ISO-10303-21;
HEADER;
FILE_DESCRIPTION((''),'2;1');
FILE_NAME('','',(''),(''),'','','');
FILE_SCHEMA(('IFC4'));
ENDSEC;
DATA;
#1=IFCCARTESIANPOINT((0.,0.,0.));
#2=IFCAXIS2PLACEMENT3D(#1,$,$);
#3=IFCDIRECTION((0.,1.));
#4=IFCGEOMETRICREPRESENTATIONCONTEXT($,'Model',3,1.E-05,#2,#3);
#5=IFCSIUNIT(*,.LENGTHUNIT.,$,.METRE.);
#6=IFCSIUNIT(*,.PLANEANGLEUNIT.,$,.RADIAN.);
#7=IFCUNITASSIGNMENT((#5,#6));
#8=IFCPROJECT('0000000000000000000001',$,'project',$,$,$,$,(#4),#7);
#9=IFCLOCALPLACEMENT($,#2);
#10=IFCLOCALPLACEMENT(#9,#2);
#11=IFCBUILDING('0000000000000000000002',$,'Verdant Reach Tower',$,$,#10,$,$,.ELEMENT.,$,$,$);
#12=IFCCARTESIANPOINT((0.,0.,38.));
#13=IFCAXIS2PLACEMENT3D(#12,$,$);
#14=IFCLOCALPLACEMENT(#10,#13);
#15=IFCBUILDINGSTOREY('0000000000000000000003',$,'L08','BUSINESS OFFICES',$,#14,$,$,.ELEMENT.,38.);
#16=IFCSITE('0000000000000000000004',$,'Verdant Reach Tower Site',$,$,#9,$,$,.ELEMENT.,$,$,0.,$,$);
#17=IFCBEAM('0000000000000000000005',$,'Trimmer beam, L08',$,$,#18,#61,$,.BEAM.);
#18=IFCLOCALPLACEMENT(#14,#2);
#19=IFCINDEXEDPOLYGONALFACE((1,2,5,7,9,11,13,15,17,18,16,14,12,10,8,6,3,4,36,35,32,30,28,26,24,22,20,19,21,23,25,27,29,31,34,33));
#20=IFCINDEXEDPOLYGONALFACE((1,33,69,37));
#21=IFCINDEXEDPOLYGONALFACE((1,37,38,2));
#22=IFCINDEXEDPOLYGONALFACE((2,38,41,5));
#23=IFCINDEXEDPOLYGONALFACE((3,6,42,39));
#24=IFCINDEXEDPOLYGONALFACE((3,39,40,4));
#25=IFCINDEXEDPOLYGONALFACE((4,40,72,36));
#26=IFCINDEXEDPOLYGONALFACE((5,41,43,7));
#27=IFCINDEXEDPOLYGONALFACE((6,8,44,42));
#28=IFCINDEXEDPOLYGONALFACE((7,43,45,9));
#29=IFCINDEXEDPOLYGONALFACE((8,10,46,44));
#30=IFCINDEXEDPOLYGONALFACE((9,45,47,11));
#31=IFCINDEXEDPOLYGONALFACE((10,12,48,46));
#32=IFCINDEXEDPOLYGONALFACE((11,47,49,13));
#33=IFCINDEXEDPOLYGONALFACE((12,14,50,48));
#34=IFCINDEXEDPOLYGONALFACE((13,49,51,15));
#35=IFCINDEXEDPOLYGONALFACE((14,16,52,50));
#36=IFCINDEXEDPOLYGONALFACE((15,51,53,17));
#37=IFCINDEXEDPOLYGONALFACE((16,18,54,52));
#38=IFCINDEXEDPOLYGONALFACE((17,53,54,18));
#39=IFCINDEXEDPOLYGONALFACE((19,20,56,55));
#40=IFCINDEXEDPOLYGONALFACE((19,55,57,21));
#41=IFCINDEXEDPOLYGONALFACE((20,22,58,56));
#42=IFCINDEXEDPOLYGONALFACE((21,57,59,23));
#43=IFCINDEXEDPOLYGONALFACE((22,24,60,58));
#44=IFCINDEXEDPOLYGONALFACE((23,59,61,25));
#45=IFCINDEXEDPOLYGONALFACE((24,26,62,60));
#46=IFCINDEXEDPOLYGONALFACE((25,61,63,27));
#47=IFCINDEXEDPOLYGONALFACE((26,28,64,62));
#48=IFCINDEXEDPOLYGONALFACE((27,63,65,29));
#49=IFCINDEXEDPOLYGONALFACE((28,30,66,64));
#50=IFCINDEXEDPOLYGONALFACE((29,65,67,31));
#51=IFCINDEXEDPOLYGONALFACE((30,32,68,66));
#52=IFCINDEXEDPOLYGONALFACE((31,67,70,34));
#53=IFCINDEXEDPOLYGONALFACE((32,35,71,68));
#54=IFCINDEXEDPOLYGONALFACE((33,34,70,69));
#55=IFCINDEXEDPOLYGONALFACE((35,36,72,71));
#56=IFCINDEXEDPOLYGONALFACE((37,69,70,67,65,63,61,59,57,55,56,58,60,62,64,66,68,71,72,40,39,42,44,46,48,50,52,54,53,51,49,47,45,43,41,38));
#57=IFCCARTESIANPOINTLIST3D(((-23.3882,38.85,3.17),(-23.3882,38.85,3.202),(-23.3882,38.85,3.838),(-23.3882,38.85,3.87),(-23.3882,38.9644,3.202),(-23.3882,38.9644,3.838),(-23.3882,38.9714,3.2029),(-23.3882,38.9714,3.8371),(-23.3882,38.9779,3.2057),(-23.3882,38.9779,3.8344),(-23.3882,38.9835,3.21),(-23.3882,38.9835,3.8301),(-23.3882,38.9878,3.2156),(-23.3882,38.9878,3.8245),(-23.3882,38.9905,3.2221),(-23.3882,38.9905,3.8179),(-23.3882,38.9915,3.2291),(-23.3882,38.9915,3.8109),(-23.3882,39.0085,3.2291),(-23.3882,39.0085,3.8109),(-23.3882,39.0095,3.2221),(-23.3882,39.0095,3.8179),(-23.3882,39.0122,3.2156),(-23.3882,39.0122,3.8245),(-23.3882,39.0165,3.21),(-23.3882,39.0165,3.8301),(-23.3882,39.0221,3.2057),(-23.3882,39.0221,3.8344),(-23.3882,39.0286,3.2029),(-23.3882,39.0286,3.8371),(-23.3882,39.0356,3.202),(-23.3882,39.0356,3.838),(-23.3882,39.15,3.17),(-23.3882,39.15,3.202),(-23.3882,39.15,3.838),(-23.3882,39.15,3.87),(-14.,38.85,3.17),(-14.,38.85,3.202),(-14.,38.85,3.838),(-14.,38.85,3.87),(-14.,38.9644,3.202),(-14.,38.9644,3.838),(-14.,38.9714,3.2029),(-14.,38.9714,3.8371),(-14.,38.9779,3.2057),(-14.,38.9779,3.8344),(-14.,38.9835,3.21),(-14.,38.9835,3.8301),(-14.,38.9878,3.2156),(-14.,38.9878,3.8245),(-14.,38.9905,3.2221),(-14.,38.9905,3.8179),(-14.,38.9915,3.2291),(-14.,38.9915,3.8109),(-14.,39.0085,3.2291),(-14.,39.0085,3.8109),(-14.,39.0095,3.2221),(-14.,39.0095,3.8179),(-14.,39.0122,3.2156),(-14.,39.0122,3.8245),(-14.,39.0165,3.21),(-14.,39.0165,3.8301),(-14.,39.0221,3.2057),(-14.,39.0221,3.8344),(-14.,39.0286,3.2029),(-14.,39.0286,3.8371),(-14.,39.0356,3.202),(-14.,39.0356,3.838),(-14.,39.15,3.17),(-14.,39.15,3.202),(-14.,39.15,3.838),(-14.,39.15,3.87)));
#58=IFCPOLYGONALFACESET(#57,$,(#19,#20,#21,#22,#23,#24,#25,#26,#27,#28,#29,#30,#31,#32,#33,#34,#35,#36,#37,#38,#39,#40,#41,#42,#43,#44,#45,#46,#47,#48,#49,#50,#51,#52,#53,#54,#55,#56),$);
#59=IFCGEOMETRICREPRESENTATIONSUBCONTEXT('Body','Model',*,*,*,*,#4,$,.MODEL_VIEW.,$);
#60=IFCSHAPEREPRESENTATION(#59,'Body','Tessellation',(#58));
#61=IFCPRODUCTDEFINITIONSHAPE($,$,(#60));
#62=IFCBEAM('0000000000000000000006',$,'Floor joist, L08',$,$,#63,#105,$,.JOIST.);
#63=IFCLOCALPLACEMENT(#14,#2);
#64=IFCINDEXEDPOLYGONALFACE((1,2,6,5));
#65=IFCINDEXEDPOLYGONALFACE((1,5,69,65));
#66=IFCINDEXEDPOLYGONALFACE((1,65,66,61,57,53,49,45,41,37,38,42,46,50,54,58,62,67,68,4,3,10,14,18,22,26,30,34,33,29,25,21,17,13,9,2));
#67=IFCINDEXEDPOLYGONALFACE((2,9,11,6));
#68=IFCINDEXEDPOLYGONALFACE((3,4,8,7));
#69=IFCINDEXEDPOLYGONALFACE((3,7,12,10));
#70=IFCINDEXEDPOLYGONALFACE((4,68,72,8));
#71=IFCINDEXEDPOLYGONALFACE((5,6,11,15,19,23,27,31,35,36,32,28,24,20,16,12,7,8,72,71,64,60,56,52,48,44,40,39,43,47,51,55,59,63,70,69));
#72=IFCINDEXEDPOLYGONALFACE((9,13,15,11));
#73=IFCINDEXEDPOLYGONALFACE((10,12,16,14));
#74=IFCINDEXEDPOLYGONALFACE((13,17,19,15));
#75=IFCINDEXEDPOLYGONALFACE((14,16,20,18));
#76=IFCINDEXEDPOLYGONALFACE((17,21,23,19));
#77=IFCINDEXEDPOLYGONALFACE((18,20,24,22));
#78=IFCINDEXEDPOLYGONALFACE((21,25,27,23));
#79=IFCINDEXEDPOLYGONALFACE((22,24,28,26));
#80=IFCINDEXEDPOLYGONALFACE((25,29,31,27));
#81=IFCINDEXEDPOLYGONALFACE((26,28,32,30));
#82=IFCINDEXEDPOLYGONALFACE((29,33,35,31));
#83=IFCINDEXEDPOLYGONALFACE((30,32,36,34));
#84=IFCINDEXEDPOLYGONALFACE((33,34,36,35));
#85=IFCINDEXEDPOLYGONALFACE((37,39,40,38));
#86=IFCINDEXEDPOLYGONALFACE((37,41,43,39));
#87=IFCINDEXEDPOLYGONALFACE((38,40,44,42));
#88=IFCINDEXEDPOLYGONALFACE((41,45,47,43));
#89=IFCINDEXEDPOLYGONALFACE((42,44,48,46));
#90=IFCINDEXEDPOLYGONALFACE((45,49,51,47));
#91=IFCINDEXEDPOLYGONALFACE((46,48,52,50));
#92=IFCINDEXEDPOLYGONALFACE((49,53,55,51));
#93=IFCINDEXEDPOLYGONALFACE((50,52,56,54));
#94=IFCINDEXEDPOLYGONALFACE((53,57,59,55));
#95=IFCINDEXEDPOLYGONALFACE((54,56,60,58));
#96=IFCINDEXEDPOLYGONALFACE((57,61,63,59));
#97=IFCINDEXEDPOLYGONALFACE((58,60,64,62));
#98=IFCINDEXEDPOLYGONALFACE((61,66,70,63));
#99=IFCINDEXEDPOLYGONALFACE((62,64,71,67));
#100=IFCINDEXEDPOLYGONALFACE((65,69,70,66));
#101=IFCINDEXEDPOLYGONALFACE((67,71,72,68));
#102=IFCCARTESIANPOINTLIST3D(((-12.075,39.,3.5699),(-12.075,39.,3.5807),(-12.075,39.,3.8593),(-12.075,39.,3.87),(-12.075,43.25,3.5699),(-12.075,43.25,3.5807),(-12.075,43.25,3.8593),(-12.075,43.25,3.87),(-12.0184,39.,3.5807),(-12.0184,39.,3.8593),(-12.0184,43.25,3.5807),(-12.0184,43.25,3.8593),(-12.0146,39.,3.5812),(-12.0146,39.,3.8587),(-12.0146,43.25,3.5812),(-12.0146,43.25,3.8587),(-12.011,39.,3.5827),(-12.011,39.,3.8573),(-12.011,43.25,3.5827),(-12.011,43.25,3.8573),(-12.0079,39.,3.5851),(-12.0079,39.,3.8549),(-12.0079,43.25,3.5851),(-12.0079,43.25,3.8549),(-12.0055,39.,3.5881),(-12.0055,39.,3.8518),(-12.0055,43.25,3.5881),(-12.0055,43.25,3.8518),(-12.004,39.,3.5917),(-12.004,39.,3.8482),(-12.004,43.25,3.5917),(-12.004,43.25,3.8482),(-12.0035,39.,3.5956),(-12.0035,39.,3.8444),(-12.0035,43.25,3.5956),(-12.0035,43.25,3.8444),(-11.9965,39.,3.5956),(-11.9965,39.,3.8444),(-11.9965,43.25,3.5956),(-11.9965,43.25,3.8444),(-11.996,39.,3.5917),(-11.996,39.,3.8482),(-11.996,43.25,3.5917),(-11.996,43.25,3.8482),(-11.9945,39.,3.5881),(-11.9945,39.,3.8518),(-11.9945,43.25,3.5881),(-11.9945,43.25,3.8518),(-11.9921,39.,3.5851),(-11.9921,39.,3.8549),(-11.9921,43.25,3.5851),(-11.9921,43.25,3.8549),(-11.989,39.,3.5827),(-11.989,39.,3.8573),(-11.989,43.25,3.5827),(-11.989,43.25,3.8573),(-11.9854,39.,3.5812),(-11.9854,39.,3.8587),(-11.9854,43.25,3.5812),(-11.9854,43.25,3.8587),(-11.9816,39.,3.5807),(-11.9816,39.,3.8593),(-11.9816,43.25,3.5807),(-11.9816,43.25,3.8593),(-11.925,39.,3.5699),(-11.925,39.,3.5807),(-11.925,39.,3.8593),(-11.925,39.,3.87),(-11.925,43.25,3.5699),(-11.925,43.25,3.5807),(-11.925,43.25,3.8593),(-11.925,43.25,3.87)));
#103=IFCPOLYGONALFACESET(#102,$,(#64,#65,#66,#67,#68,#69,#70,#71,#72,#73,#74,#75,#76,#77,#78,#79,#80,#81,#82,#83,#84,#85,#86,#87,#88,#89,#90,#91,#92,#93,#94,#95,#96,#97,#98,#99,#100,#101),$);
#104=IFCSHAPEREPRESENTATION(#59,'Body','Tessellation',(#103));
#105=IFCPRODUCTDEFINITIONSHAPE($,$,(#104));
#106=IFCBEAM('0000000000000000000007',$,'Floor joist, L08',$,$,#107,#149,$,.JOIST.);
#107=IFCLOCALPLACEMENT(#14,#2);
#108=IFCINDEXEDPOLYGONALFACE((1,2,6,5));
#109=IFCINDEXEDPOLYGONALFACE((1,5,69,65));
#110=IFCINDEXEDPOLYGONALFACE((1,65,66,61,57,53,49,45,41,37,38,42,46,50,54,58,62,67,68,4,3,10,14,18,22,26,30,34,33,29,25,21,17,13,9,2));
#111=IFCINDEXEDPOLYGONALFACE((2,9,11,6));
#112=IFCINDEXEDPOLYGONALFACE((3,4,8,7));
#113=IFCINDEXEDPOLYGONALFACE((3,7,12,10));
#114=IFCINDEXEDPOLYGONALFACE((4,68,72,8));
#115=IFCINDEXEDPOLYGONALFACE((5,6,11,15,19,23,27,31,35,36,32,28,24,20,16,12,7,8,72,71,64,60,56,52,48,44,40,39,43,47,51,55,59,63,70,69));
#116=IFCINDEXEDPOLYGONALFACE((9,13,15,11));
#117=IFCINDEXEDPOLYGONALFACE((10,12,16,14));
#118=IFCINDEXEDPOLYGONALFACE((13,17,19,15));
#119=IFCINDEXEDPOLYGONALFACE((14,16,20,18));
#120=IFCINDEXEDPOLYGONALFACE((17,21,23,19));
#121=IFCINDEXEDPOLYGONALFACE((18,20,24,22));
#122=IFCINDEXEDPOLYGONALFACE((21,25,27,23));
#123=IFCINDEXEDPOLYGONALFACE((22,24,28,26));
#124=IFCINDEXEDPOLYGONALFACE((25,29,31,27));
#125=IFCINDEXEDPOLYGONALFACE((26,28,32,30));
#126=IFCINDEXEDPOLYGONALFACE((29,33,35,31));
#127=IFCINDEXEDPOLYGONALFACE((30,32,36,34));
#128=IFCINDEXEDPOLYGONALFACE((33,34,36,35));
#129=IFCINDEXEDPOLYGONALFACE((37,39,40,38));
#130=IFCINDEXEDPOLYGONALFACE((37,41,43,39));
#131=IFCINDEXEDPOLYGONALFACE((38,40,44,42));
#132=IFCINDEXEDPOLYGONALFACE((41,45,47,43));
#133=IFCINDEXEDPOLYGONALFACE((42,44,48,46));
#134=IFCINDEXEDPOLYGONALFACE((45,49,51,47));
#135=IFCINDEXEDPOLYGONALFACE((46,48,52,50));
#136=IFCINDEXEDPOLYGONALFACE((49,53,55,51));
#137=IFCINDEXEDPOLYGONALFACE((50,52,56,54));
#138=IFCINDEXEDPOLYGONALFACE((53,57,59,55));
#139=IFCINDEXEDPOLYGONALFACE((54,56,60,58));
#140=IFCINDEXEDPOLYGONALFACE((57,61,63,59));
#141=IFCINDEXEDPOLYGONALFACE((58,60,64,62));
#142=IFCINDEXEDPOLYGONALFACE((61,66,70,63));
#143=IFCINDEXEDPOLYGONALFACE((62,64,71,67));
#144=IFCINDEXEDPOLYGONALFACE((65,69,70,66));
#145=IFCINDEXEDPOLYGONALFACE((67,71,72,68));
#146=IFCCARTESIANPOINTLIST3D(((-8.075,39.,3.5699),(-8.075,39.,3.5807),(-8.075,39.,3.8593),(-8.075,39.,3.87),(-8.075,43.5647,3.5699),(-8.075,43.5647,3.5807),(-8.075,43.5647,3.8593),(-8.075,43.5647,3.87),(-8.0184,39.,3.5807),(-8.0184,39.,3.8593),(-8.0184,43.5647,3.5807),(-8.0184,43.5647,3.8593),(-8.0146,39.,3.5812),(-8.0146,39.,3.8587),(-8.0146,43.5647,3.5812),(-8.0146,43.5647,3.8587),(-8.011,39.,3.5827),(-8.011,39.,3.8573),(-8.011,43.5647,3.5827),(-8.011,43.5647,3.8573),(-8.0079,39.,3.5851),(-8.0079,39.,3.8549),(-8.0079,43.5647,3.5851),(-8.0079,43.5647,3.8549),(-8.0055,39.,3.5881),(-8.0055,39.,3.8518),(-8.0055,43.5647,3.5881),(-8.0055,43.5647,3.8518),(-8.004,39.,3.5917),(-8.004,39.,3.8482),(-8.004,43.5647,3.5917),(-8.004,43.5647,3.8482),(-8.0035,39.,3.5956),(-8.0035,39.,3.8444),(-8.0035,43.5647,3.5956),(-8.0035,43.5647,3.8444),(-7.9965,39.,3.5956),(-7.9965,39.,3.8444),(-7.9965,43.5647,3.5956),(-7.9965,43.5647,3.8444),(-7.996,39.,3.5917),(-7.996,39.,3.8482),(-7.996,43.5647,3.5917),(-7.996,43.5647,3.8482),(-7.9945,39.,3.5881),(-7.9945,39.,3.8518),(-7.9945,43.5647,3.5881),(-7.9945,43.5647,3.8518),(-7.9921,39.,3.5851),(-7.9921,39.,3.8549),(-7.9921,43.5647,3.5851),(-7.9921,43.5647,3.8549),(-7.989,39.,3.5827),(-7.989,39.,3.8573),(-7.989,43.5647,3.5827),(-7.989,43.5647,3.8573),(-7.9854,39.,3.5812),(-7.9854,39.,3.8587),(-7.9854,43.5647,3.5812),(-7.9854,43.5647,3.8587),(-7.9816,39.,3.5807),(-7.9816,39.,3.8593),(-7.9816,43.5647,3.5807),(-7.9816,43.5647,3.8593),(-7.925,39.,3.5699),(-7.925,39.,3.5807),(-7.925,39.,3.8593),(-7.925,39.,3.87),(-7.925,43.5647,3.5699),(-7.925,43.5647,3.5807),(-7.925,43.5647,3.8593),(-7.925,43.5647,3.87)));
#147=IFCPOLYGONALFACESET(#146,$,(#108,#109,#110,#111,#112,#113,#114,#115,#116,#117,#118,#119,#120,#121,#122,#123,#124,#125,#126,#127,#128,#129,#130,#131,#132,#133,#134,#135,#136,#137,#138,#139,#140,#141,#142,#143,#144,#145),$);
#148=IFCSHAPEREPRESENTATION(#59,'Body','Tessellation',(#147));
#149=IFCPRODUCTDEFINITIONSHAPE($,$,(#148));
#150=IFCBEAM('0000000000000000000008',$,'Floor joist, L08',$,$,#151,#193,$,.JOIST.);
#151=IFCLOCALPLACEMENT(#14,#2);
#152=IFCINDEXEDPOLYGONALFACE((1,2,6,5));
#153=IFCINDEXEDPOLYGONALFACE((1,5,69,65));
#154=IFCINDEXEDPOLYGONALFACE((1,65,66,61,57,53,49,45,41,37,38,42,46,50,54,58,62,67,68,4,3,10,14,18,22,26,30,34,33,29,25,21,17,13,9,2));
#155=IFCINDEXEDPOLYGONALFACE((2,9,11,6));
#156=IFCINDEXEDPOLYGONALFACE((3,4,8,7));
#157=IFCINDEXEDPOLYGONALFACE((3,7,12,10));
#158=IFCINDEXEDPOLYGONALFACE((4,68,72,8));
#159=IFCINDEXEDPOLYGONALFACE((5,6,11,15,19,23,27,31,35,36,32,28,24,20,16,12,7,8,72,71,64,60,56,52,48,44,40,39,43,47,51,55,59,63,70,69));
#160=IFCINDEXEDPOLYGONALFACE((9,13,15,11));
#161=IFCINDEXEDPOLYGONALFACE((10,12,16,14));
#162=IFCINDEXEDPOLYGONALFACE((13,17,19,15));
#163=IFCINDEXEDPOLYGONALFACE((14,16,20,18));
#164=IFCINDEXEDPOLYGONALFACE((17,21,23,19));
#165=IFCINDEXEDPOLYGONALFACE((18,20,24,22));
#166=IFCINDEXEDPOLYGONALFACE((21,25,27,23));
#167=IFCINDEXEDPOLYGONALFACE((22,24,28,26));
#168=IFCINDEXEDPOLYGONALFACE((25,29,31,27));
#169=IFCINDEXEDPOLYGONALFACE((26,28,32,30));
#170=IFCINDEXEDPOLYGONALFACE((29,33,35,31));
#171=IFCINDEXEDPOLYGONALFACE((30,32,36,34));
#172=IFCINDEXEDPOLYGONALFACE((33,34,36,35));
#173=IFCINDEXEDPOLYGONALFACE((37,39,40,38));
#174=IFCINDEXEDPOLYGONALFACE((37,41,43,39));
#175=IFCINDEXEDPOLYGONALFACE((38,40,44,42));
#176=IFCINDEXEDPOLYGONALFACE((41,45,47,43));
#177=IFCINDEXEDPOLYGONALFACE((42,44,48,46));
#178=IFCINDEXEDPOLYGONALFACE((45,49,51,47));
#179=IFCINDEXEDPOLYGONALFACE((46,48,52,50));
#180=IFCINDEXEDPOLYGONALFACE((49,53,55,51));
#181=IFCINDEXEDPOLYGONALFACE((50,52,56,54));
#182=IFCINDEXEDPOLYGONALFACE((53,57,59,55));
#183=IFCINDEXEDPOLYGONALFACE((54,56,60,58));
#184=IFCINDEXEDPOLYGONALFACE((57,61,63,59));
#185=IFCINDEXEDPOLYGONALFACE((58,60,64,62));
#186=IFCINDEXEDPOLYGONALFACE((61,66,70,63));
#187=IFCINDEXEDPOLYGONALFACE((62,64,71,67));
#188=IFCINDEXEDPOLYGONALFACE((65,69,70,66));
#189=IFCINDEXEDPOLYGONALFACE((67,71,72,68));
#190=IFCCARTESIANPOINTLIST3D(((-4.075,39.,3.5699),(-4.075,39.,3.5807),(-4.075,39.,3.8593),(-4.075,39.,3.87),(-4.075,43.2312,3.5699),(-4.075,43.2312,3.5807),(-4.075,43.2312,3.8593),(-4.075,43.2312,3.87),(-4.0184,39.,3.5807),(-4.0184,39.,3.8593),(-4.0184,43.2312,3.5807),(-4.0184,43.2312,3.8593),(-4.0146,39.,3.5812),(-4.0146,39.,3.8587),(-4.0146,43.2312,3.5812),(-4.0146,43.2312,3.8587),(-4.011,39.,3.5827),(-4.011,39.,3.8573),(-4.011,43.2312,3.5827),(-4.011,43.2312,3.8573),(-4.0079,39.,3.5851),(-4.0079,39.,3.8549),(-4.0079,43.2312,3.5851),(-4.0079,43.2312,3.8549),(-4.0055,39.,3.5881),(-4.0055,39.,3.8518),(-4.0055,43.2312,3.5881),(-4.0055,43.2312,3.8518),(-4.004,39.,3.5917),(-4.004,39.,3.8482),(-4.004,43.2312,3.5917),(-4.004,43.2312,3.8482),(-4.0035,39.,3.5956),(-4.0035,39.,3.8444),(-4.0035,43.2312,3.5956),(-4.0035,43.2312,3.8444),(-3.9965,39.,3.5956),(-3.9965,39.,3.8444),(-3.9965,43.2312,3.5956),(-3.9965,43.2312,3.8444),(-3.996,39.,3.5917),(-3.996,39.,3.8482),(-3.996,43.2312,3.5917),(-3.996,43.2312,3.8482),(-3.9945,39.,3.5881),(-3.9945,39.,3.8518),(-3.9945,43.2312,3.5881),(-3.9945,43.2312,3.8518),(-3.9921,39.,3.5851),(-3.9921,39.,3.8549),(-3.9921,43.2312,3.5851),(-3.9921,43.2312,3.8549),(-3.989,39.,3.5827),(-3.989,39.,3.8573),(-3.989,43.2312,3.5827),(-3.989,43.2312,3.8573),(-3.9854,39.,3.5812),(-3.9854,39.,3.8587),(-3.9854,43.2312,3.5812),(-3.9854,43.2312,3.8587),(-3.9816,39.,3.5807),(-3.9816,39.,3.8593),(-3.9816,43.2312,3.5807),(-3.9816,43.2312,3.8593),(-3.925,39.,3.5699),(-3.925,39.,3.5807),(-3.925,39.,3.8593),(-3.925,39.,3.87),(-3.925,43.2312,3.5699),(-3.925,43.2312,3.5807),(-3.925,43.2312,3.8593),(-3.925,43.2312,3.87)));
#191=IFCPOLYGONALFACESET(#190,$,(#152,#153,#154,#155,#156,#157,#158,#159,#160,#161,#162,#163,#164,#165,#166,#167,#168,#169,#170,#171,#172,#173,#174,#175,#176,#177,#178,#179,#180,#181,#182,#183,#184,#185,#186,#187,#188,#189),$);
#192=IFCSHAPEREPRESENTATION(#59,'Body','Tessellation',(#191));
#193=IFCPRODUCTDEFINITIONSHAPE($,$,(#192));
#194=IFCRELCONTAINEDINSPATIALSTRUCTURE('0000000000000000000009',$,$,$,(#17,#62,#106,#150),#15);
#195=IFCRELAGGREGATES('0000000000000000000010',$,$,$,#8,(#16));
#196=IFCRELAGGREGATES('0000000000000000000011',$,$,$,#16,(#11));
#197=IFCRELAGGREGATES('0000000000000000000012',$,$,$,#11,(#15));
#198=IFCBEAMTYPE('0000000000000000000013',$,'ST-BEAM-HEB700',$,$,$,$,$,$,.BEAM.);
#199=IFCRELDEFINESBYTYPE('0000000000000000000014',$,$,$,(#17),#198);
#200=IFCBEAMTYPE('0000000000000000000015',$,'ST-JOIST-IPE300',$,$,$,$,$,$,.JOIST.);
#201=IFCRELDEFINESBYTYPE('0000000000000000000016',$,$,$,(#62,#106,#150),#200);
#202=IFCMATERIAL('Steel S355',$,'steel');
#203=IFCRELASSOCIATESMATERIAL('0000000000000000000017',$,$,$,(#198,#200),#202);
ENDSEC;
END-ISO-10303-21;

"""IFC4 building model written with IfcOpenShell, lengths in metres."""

from ifc_helpers import new_model, si_unit, direction, frame, origin, origin_2d, place, context, subcontext, project, spatial, i_section, extrude, material, material_profile, profile_set, type_object, element, save


model = new_model("IFC4")

# Units and contexts
model_context = context("Model", 3, precision=1e-05, world=origin(), true_north=direction((0.0, 1.0)))
body_context = subcontext(model_context, "Body", "Model", "MODEL_VIEW")
ifc_project = project(units=[si_unit("LENGTHUNIT", "METRE"), si_unit("PLANEANGLEUNIT", "RADIAN")], contexts=[model_context])

# Site, building, storey
site_placement = place(None, origin())
site = spatial("IfcSite", under=ifc_project, at=site_placement, Name="Verdant Reach Tower Site", CompositionType="ELEMENT", RefElevation=0.0)
building_placement = place(site_placement, origin())
building = spatial("IfcBuilding", under=site, at=building_placement, Name="Verdant Reach Tower", CompositionType="ELEMENT")
storey_placement = place(building_placement, frame((0.0, 0.0, 38.0)))
storey = spatial("IfcBuildingStorey", under=building, at=storey_placement, Name="L08", Description="BUSINESS OFFICES", CompositionType="ELEMENT", Elevation=38.0)

# Beams
ifc_material_1 = material(Name="Steel S355", Category="steel")
ifc_material_profile_1 = material_profile(ifc_material_1, i_section(OverallWidth=0.3, OverallDepth=0.7, WebThickness=0.0171, FlangeThickness=0.032, FilletRadius=0.0271, at=origin_2d()), Name="HEB 700")
ifc_profile_set_1 = profile_set([ifc_material_profile_1], Name="Steel S355")
beam_type_1 = type_object("IfcBeamType", Name="ST-BEAM-HEB700", PredefinedType="BEAM", material=ifc_profile_set_1)
beam_1_placement = place(storey_placement, frame((-14.0, 39.0, 3.52), z_axis=(-1.0, 0.0, 0.0), x_axis=(0.0, -1.0, 0.0)))
element("IfcBeam", 1, at=beam_1_placement, inside=storey, type_object=beam_type_1, Name="Trimmer beam, L08", PredefinedType="BEAM", context=body_context, shape_type="SweptSolid", body=[
    extrude(i_section(OverallWidth=0.3, OverallDepth=0.7, WebThickness=0.0171, FlangeThickness=0.032, FilletRadius=0.0271, at=origin_2d()), origin(), (0.0, 0.0, 1.0), 9.3882),
])
ifc_material_profile_2 = material_profile(ifc_material_1, i_section(OverallWidth=0.1499, OverallDepth=0.3, WebThickness=0.0071, FlangeThickness=0.0107, FilletRadius=0.0149, at=origin_2d()), Name="IPE 300")
ifc_profile_set_2 = profile_set([ifc_material_profile_2], Name="Steel S355")
beam_type_2 = type_object("IfcBeamType", Name="ST-JOIST-IPE300", PredefinedType="JOIST", material=ifc_profile_set_2)
beam_2_placement = place(storey_placement, frame((-12.0, 39.0, 3.72), z_axis=(0.0, 1.0, 0.0), x_axis=(-1.0, 0.0, 0.0)))
element("IfcBeam", 2, at=beam_2_placement, inside=storey, type_object=beam_type_2, Name="Floor joist, L08", PredefinedType="JOIST", context=body_context, shape_type="SweptSolid", body=[
    extrude(i_section(OverallWidth=0.1499, OverallDepth=0.3, WebThickness=0.0071, FlangeThickness=0.0107, FilletRadius=0.0149, at=origin_2d()), origin(), (0.0, 0.0, 1.0), 4.25),
])
beam_3_placement = place(storey_placement, frame((-8.0, 39.0, 3.72), z_axis=(0.0, 1.0, 0.0), x_axis=(-1.0, 0.0, 0.0)))
element("IfcBeam", 3, at=beam_3_placement, inside=storey, type_object=beam_type_2, Name="Floor joist, L08", PredefinedType="JOIST", context=body_context, shape_type="SweptSolid", body=[
    extrude(i_section(OverallWidth=0.1499, OverallDepth=0.3, WebThickness=0.0071, FlangeThickness=0.0107, FilletRadius=0.0149, at=origin_2d()), origin(), (0.0, 0.0, 1.0), 4.5647),
])
beam_4_placement = place(storey_placement, frame((-4.0, 39.0, 3.72), z_axis=(0.0, 1.0, 0.0), x_axis=(-1.0, 0.0, 0.0)))
element("IfcBeam", 4, at=beam_4_placement, inside=storey, type_object=beam_type_2, Name="Floor joist, L08", PredefinedType="JOIST", context=body_context, shape_type="SweptSolid", body=[
    extrude(i_section(OverallWidth=0.1499, OverallDepth=0.3, WebThickness=0.0071, FlangeThickness=0.0107, FilletRadius=0.0149, at=origin_2d()), origin(), (0.0, 0.0, 1.0), 4.2312),
])

save(model, "model.ifc")
